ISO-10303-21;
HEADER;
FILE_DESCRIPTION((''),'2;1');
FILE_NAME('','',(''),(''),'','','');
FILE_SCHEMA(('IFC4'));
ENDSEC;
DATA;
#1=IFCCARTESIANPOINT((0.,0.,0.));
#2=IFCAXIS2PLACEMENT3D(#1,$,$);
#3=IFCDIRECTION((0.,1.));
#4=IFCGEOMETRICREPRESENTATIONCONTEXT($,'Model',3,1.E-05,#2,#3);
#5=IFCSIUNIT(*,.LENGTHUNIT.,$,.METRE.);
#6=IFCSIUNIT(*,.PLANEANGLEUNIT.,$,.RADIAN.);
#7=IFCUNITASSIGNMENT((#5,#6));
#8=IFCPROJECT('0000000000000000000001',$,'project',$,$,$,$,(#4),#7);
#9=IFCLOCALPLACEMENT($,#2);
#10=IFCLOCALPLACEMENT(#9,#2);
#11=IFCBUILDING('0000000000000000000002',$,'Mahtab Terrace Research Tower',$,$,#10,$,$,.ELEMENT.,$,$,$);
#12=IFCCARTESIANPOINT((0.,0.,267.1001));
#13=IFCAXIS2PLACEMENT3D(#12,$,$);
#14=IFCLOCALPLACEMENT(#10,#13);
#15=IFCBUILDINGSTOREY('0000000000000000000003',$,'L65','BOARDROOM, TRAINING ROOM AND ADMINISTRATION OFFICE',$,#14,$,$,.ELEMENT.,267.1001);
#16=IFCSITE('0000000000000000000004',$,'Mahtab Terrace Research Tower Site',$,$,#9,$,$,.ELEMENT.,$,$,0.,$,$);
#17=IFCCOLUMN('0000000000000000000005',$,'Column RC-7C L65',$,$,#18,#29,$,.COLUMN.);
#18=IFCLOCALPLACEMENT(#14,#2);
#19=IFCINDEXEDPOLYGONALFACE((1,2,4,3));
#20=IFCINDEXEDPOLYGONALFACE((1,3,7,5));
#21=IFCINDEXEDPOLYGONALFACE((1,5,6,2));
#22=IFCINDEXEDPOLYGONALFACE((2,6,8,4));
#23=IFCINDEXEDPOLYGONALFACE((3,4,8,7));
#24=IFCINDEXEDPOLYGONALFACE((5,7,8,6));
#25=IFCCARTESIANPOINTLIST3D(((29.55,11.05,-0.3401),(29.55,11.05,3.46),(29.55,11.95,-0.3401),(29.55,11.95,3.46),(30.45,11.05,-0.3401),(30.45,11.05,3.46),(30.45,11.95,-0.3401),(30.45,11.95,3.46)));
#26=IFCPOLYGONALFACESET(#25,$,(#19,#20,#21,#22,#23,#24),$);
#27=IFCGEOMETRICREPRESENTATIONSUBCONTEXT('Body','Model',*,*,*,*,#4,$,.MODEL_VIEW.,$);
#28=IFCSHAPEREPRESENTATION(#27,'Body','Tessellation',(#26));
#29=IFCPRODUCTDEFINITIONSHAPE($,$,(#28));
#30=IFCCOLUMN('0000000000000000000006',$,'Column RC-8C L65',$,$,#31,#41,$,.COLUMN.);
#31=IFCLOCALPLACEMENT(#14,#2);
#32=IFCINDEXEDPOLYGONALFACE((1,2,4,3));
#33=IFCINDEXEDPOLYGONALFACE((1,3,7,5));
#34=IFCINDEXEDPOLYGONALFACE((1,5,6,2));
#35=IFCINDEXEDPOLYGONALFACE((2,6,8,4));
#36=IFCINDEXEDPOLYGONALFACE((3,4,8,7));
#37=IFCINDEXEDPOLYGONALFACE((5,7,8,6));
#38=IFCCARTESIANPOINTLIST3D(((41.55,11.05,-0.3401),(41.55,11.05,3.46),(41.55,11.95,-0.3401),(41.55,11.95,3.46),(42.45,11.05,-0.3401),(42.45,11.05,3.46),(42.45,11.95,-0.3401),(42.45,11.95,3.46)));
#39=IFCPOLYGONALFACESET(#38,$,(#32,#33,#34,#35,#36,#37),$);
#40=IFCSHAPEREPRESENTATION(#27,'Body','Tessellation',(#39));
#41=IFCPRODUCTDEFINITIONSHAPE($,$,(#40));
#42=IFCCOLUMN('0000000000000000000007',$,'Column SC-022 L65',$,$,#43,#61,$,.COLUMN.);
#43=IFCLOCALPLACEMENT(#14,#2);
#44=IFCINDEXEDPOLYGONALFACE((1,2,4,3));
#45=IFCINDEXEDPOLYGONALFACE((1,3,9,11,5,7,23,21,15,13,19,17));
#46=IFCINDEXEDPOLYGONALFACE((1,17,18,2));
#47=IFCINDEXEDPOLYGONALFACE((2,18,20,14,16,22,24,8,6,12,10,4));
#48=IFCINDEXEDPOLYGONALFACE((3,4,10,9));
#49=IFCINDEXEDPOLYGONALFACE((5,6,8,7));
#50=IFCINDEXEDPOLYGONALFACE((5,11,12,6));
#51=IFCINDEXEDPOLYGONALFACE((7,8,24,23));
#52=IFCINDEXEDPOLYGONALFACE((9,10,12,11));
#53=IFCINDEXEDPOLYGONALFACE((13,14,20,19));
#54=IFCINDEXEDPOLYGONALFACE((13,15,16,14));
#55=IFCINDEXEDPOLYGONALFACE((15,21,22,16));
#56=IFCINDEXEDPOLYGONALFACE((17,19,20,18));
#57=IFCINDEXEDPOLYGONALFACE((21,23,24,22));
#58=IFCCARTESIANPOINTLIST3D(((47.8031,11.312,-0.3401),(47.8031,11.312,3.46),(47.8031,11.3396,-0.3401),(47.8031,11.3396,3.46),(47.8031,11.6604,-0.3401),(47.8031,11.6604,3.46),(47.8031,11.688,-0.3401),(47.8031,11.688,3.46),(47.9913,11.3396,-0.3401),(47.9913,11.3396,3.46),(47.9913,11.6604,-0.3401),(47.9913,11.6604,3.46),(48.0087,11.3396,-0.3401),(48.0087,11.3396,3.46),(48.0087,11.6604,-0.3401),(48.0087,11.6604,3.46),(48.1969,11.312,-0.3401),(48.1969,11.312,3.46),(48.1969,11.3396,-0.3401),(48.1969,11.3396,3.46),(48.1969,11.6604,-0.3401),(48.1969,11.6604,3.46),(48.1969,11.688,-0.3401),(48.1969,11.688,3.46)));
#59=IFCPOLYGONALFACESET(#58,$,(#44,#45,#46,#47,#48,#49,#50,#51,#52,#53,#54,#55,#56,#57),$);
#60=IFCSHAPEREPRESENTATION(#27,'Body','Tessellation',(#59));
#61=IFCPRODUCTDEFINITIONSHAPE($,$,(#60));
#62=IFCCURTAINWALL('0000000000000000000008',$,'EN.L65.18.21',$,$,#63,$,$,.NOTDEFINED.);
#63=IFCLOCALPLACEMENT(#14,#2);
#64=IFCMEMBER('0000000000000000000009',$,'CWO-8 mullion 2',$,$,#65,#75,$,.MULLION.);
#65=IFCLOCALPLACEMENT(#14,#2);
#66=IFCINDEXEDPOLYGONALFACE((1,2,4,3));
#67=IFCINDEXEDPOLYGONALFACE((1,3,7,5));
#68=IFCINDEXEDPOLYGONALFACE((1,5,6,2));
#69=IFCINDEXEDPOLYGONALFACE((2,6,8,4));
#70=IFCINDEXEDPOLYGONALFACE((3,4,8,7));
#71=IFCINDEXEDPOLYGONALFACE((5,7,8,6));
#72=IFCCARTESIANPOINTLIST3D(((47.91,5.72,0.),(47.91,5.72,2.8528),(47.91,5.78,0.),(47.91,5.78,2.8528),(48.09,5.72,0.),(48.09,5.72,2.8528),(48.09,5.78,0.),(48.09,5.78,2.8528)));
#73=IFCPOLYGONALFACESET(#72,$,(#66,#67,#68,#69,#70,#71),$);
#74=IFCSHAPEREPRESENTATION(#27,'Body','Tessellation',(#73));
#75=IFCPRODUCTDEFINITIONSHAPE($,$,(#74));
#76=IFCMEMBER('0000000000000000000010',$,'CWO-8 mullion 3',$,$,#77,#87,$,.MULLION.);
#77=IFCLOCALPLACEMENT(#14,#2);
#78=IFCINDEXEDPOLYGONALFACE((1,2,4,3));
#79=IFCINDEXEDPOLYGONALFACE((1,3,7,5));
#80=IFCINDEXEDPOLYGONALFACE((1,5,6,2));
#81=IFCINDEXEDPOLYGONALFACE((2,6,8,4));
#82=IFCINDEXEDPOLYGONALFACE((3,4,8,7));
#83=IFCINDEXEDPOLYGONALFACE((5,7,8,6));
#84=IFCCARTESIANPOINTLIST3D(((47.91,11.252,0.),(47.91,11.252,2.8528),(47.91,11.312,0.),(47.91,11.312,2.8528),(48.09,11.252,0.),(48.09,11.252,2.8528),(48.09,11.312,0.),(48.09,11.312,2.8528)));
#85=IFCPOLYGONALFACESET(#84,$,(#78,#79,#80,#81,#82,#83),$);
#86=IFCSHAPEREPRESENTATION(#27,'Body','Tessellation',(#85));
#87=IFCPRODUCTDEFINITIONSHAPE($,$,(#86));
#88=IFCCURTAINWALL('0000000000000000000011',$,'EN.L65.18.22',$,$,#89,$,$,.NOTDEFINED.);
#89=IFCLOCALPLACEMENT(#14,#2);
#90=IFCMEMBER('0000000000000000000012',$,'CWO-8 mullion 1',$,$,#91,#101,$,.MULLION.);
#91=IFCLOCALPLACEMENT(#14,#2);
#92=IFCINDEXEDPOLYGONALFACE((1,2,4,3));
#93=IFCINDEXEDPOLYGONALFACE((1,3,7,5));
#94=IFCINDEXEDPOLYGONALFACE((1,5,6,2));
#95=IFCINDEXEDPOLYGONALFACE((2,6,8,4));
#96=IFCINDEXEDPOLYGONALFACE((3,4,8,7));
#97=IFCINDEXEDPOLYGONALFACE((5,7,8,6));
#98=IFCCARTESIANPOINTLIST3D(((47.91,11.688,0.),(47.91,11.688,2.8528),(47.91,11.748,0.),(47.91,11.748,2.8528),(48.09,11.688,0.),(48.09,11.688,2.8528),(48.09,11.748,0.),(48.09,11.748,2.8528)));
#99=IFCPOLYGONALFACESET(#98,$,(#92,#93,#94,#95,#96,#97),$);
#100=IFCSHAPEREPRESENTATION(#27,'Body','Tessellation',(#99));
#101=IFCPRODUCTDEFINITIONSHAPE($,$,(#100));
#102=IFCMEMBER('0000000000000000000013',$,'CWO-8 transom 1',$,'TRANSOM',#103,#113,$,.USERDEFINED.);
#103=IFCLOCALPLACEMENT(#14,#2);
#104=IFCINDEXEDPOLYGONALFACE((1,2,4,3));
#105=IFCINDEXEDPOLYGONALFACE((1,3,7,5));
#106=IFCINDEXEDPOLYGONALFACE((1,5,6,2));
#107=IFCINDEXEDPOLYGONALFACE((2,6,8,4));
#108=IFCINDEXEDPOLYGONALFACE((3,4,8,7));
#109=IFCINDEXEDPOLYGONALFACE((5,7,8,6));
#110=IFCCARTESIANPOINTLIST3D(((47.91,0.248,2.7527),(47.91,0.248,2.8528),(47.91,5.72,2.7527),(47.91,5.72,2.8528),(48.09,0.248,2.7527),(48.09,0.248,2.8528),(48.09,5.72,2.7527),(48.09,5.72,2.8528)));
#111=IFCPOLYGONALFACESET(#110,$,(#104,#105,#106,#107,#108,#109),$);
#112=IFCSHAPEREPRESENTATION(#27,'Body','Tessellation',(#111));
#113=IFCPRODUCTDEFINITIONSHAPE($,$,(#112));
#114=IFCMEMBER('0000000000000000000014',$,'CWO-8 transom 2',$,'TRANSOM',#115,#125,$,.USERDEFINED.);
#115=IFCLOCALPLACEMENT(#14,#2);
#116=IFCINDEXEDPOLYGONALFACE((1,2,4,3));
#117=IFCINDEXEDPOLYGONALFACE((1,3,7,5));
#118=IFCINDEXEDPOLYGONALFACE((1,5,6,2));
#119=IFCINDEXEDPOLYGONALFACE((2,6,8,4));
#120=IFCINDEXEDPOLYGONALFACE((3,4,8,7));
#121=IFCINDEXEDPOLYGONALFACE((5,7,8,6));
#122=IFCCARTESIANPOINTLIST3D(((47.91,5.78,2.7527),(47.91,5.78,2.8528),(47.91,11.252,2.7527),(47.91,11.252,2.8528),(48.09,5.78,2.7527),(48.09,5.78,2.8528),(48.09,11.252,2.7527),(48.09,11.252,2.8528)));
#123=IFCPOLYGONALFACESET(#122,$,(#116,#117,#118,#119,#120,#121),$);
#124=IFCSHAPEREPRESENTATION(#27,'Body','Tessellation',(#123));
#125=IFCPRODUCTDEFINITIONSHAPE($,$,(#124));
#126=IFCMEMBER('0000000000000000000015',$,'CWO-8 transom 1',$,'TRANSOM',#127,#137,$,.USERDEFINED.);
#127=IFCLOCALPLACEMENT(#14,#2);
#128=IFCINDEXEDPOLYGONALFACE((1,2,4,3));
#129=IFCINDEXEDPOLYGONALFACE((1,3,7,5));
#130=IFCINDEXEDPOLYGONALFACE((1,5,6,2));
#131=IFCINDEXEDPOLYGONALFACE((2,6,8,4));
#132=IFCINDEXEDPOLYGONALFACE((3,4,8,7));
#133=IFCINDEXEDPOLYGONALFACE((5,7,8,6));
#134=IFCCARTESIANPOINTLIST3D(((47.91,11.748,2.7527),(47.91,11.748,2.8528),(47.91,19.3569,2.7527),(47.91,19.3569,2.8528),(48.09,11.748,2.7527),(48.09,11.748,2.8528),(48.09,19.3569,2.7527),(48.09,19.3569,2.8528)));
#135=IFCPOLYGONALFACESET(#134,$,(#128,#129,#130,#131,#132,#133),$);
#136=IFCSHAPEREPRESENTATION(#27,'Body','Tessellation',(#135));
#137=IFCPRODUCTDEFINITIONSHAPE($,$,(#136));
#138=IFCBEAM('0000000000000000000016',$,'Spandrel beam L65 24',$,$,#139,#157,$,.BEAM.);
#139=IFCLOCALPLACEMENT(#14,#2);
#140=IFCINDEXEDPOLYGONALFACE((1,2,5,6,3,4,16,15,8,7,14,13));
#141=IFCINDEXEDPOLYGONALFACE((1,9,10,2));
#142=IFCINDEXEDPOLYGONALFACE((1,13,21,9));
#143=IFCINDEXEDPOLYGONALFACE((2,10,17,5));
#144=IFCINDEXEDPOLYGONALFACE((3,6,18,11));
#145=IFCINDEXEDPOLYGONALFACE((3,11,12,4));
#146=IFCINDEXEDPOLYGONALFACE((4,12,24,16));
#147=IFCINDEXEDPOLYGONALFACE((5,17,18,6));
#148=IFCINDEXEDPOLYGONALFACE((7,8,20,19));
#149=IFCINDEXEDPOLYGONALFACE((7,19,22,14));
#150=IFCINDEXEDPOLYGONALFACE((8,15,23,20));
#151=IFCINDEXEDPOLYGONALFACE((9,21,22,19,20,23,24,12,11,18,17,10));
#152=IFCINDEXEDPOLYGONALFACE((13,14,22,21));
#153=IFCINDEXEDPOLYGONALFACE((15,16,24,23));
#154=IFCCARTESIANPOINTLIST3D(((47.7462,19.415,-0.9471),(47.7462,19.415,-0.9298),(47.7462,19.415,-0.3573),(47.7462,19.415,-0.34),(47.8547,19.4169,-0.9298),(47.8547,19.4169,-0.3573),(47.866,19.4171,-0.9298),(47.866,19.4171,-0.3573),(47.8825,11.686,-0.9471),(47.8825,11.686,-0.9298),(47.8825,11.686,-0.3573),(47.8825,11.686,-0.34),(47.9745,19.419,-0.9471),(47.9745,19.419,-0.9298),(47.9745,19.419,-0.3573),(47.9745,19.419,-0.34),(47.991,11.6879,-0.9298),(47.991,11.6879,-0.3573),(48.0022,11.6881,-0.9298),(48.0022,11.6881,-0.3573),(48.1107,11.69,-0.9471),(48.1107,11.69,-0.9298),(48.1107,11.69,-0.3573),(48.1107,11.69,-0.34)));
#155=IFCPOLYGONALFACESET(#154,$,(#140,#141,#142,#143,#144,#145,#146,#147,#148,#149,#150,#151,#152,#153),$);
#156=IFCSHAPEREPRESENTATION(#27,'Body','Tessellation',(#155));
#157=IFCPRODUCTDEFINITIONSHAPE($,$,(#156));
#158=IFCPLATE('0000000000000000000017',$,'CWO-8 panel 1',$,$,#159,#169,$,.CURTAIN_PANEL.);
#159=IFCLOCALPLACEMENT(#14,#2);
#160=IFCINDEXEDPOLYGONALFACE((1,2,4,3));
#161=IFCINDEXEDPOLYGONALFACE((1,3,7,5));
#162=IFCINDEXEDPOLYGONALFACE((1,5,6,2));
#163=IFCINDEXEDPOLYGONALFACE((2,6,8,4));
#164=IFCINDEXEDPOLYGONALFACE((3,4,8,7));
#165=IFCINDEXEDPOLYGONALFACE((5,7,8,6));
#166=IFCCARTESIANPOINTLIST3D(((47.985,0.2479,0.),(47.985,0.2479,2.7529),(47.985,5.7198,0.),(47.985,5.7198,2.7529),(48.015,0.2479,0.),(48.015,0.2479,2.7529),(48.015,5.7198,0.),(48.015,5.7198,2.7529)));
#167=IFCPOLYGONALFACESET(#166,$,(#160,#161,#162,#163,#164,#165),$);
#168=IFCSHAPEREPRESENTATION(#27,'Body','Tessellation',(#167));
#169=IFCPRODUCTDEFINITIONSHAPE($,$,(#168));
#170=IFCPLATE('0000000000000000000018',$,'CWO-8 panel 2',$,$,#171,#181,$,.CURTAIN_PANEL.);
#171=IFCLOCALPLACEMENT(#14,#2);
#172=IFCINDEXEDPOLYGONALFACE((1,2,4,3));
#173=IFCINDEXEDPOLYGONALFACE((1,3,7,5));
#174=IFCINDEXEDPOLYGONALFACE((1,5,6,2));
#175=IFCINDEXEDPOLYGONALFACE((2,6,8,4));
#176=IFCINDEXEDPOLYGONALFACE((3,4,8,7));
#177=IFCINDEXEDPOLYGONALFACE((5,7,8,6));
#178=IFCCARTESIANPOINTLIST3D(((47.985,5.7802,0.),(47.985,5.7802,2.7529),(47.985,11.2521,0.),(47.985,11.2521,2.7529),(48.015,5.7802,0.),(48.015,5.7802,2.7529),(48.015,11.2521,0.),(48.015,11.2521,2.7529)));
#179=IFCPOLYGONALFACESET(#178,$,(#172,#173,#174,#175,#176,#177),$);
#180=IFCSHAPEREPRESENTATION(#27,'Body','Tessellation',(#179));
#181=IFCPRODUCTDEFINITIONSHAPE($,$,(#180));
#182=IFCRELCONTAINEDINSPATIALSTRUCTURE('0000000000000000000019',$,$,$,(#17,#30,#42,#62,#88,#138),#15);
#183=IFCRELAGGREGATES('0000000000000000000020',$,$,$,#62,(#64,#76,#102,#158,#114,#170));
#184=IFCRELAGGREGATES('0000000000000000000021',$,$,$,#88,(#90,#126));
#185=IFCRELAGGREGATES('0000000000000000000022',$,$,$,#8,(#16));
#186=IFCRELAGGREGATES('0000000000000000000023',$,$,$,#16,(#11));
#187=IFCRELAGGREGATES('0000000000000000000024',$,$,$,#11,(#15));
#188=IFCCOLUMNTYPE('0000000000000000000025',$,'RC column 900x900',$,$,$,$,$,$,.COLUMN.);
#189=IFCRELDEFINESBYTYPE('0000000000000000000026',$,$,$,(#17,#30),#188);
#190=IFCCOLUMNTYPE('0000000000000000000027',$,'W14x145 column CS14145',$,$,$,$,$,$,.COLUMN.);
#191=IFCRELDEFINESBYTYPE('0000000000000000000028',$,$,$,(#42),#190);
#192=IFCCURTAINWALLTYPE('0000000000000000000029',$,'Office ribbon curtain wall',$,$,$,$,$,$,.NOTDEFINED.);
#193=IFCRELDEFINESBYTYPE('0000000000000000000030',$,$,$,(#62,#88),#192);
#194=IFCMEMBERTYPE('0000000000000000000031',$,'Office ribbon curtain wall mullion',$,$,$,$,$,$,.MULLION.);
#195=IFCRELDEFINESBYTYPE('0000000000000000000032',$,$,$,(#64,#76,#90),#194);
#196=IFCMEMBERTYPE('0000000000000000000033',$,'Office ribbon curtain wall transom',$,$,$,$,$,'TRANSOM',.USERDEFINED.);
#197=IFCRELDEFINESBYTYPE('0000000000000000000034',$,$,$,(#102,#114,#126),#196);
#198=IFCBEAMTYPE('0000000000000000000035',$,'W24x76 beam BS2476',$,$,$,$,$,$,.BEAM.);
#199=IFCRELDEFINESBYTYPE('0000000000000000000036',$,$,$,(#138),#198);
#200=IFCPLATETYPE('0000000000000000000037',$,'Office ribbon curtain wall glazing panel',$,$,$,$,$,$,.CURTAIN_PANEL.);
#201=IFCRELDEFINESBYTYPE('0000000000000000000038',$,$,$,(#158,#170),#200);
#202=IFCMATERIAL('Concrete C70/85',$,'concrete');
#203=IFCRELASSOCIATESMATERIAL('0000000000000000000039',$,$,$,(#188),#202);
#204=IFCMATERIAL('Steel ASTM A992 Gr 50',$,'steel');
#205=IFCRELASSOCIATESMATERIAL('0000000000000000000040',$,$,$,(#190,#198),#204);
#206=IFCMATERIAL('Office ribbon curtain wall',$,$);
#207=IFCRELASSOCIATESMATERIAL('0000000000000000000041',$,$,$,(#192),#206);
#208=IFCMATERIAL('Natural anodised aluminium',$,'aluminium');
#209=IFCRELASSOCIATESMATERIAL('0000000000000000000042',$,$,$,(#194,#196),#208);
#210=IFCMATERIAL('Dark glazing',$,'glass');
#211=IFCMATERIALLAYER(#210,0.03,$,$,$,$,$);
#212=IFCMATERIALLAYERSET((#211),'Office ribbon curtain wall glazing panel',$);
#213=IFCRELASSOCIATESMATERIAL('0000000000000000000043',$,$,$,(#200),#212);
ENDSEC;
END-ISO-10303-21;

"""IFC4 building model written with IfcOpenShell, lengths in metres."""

from ifc_helpers import new_model, si_unit, direction, frame, origin, origin_2d, place, context, subcontext, project, spatial, rectangle, i_section, extrude, material, layer, layer_set, material_profile, profile_set, type_object, element, aggregate, save


model = new_model("IFC4")

# Units and contexts
model_context = context("Model", 3, precision=1e-05, world=origin(), true_north=direction((0.0, 1.0)))
body_context = subcontext(model_context, "Body", "Model", "MODEL_VIEW")
ifc_project = project(units=[si_unit("LENGTHUNIT", "METRE"), si_unit("PLANEANGLEUNIT", "RADIAN")], contexts=[model_context])

# Site, building, storey
site_placement = place(None, origin())
site = spatial("IfcSite", under=ifc_project, at=site_placement, Name="Mahtab Terrace Research Tower Site", CompositionType="ELEMENT", RefElevation=0.0)
building_placement = place(site_placement, origin())
building = spatial("IfcBuilding", under=site, at=building_placement, Name="Mahtab Terrace Research Tower", CompositionType="ELEMENT")
storey_placement = place(building_placement, frame((0.0, 0.0, 267.1001)))
storey = spatial("IfcBuildingStorey", under=building, at=storey_placement, Name="L65", Description="BOARDROOM, TRAINING ROOM AND ADMINISTRATION OFFICE", CompositionType="ELEMENT", Elevation=267.1001)

# Columns
ifc_material_1 = material(Name="Concrete C70/85", Category="concrete")
ifc_material_profile_1 = material_profile(ifc_material_1, rectangle(XDim=0.8999, YDim=0.8999, at=origin_2d()), Name="RC column 900x900")
ifc_profile_set_1 = profile_set([ifc_material_profile_1], Name="Concrete C70/85")
column_type_1 = type_object("IfcColumnType", Name="RC column 900x900", PredefinedType="COLUMN", material=ifc_profile_set_1)
for number, where, z_axis, x_axis, name in (
    (1, (30.0, 11.5, -0.3401), (0.0, 0.0, 1.0), (1.0, 0.0, 0.0), "Column RC-7C L65"),
    (2, (42.0, 11.5, -0.3401), (0.0, 0.0, 1.0), (1.0, 0.0, 0.0), "Column RC-8C L65"),
):
    element("IfcColumn", number, at=place(storey_placement, frame(where, z_axis=z_axis, x_axis=x_axis)), inside=storey, type_object=column_type_1, Name=name, PredefinedType="COLUMN", context=body_context, shape_type="SweptSolid", body=[
        extrude(rectangle(XDim=0.8999, YDim=0.8999, at=origin_2d()), origin(), (0.0, 0.0, 1.0), 3.8),
    ])
ifc_material_2 = material(Name="Steel ASTM A992 Gr 50", Category="steel")
ifc_material_profile_2 = material_profile(ifc_material_2, i_section(OverallWidth=0.3938, OverallDepth=0.376, WebThickness=0.0173, FlangeThickness=0.0276, at=origin_2d()), Name="W14X145")
ifc_profile_set_2 = profile_set([ifc_material_profile_2], Name="Steel ASTM A992 Gr 50")
column_type_2 = type_object("IfcColumnType", Name="W14x145 column CS14145", PredefinedType="COLUMN", material=ifc_profile_set_2)
column_placement = place(storey_placement, frame((48.0, 11.5, -0.3401), z_axis=(0.0, 0.0, 1.0), x_axis=(1.0, 0.0, 0.0)))
element("IfcColumn", 3, at=column_placement, inside=storey, type_object=column_type_2, Name="Column SC-022 L65", PredefinedType="COLUMN", context=body_context, shape_type="SweptSolid", body=[
    extrude(i_section(OverallWidth=0.3938, OverallDepth=0.376, WebThickness=0.0173, FlangeThickness=0.0276, at=origin_2d()), origin(), (0.0, 0.0, 1.0), 3.8),
])

# Curtain wall, members
ifc_material_3 = material(Name="Office ribbon curtain wall")
curtain_wall_type = type_object("IfcCurtainWallType", Name="Office ribbon curtain wall", PredefinedType="NOTDEFINED", material=ifc_material_3)
curtain_wall_1_placement = place(storey_placement, origin())
curtain_wall_1 = element("IfcCurtainWall", 4, at=curtain_wall_1_placement, inside=storey, type_object=curtain_wall_type, Name="EN.L65.18.21", PredefinedType="NOTDEFINED")
ifc_material_4 = material(Name="Natural anodised aluminium", Category="aluminium")
ifc_material_profile_3 = material_profile(ifc_material_4, rectangle(XDim=0.1799, YDim=0.0601, at=origin_2d()), Name="MULLION 60x180")
ifc_profile_set_3 = profile_set([ifc_material_profile_3], Name="Natural anodised aluminium")
member_type_1 = type_object("IfcMemberType", Name="Office ribbon curtain wall mullion", PredefinedType="MULLION", material=ifc_profile_set_3)
member_1_placement = place(storey_placement, frame((48.0, 5.75, 0.0), z_axis=(0.0, 0.0, 1.0), x_axis=(-1.0, 0.0, 0.0)))
member_1 = element("IfcMember", 5, at=member_1_placement, type_object=member_type_1, Name="CWO-8 mullion 2", PredefinedType="MULLION", context=body_context, shape_type="SweptSolid", body=[
    extrude(rectangle(XDim=0.1799, YDim=0.0601, at=origin_2d()), origin(), (0.0, 0.0, 1.0), 2.8528),
])
member_2_placement = place(storey_placement, frame((48.0, 11.282, 0.0), z_axis=(0.0, 0.0, 1.0), x_axis=(-1.0, 0.0, 0.0)))
member_2 = element("IfcMember", 6, at=member_2_placement, type_object=member_type_1, Name="CWO-8 mullion 3", PredefinedType="MULLION", context=body_context, shape_type="SweptSolid", body=[
    extrude(rectangle(XDim=0.1799, YDim=0.0601, at=origin_2d()), origin(), (0.0, 0.0, 1.0), 2.8528),
])

# Curtain wall, member
curtain_wall_2_placement = place(storey_placement, origin())
curtain_wall_2 = element("IfcCurtainWall", 7, at=curtain_wall_2_placement, inside=storey, type_object=curtain_wall_type, Name="EN.L65.18.22", PredefinedType="NOTDEFINED")
member_3_placement = place(storey_placement, frame((48.0, 11.718, 0.0), z_axis=(0.0, 0.0, 1.0), x_axis=(-1.0, 0.0, 0.0)))
member_3 = element("IfcMember", 8, at=member_3_placement, type_object=member_type_1, Name="CWO-8 mullion 1", PredefinedType="MULLION", context=body_context, shape_type="SweptSolid", body=[
    extrude(rectangle(XDim=0.1799, YDim=0.0601, at=origin_2d()), origin(), (0.0, 0.0, 1.0), 2.8528),
])

# Members
ifc_material_profile_4 = material_profile(ifc_material_4, rectangle(XDim=0.1799, YDim=0.1001, at=origin_2d()), Name="TRANSOM 100x180")
ifc_profile_set_4 = profile_set([ifc_material_profile_4], Name="Natural anodised aluminium")
member_type_2 = type_object("IfcMemberType", Name="Office ribbon curtain wall transom", ElementType="TRANSOM", PredefinedType="USERDEFINED", material=ifc_profile_set_4)
member_4_placement = place(storey_placement, frame((48.0, 0.248, 2.8027), z_axis=(0.0, 1.0, 0.0), x_axis=(-1.0, 0.0, 0.0)))
member_4 = element("IfcMember", 9, at=member_4_placement, type_object=member_type_2, Name="CWO-8 transom 1", ObjectType="TRANSOM", PredefinedType="USERDEFINED", context=body_context, shape_type="SweptSolid", body=[
    extrude(rectangle(XDim=0.1799, YDim=0.1001, at=origin_2d()), origin(), (0.0, 0.0, 1.0), 5.4719),
])
member_5_placement = place(storey_placement, frame((48.0, 5.78, 2.8027), z_axis=(0.0, 1.0, 0.0), x_axis=(-1.0, 0.0, 0.0)))
member_5 = element("IfcMember", 10, at=member_5_placement, type_object=member_type_2, Name="CWO-8 transom 2", ObjectType="TRANSOM", PredefinedType="USERDEFINED", context=body_context, shape_type="SweptSolid", body=[
    extrude(rectangle(XDim=0.1799, YDim=0.1001, at=origin_2d()), origin(), (0.0, 0.0, 1.0), 5.4719),
])
member_6_placement = place(storey_placement, frame((48.0, 11.748, 2.8027), z_axis=(0.0, 1.0, 0.0), x_axis=(-1.0, 0.0, 0.0)))
member_6 = element("IfcMember", 11, at=member_6_placement, type_object=member_type_2, Name="CWO-8 transom 1", ObjectType="TRANSOM", PredefinedType="USERDEFINED", context=body_context, shape_type="SweptSolid", body=[
    extrude(rectangle(XDim=0.1799, YDim=0.1001, at=origin_2d()), origin(), (0.0, 0.0, 1.0), 7.6089),
])

# Beam
ifc_material_profile_5 = material_profile(ifc_material_2, i_section(OverallWidth=0.2283, OverallDepth=0.6072, WebThickness=0.0112, FlangeThickness=0.0173, at=origin_2d()), Name="W24X76")
ifc_profile_set_5 = profile_set([ifc_material_profile_5], Name="Steel ASTM A992 Gr 50")
beam_type = type_object("IfcBeamType", Name="W24x76 beam BS2476", PredefinedType="BEAM", material=ifc_profile_set_5)
beam_placement = place(storey_placement, frame((47.9966, 11.688, -0.6436), z_axis=(-0.017623, 0.999845, 0.0), x_axis=(-0.999845, -0.017623, 0.0)))
element("IfcBeam", 12, at=beam_placement, inside=storey, type_object=beam_type, Name="Spandrel beam L65 24", PredefinedType="BEAM", context=body_context, shape_type="SweptSolid", body=[
    extrude(i_section(OverallWidth=0.2283, OverallDepth=0.6072, WebThickness=0.0112, FlangeThickness=0.0173, at=origin_2d()), origin(), (0.0, 0.0, 1.0), 7.7302),
])

# Plates
ifc_material_5 = material(Name="Dark glazing", Category="glass")
ifc_layer_1 = layer(ifc_material_5, 0.03)
ifc_layer_set_1 = layer_set([ifc_layer_1], Name="Office ribbon curtain wall glazing panel")
plate_type = type_object("IfcPlateType", Name="Office ribbon curtain wall glazing panel", PredefinedType="CURTAIN_PANEL", material=ifc_layer_set_1)
plate_1_placement = place(storey_placement, frame((48.0, 2.9839, 0.0), z_axis=(0.0, 0.0, 1.0), x_axis=(0.0, 1.0, 0.0)))
plate_1 = element("IfcPlate", 13, at=plate_1_placement, type_object=plate_type, Name="CWO-8 panel 1", PredefinedType="CURTAIN_PANEL", context=body_context, shape_type="SweptSolid", body=[
    extrude(rectangle(XDim=5.4719, YDim=0.03, at=origin_2d()), origin(), (0.0, 0.0, 1.0), 2.7529),
])
plate_2_placement = place(storey_placement, frame((48.0, 8.5161, 0.0), z_axis=(0.0, 0.0, 1.0), x_axis=(0.0, 1.0, 0.0)))
plate_2 = element("IfcPlate", 14, at=plate_2_placement, type_object=plate_type, Name="CWO-8 panel 2", PredefinedType="CURTAIN_PANEL", context=body_context, shape_type="SweptSolid", body=[
    extrude(rectangle(XDim=5.4719, YDim=0.03, at=origin_2d()), origin(), (0.0, 0.0, 1.0), 2.7529),
])
aggregate(curtain_wall_1, [member_1, member_2, member_4, plate_1, member_5, plate_2])
aggregate(curtain_wall_2, [member_3, member_6])

save(model, "model.ifc")
